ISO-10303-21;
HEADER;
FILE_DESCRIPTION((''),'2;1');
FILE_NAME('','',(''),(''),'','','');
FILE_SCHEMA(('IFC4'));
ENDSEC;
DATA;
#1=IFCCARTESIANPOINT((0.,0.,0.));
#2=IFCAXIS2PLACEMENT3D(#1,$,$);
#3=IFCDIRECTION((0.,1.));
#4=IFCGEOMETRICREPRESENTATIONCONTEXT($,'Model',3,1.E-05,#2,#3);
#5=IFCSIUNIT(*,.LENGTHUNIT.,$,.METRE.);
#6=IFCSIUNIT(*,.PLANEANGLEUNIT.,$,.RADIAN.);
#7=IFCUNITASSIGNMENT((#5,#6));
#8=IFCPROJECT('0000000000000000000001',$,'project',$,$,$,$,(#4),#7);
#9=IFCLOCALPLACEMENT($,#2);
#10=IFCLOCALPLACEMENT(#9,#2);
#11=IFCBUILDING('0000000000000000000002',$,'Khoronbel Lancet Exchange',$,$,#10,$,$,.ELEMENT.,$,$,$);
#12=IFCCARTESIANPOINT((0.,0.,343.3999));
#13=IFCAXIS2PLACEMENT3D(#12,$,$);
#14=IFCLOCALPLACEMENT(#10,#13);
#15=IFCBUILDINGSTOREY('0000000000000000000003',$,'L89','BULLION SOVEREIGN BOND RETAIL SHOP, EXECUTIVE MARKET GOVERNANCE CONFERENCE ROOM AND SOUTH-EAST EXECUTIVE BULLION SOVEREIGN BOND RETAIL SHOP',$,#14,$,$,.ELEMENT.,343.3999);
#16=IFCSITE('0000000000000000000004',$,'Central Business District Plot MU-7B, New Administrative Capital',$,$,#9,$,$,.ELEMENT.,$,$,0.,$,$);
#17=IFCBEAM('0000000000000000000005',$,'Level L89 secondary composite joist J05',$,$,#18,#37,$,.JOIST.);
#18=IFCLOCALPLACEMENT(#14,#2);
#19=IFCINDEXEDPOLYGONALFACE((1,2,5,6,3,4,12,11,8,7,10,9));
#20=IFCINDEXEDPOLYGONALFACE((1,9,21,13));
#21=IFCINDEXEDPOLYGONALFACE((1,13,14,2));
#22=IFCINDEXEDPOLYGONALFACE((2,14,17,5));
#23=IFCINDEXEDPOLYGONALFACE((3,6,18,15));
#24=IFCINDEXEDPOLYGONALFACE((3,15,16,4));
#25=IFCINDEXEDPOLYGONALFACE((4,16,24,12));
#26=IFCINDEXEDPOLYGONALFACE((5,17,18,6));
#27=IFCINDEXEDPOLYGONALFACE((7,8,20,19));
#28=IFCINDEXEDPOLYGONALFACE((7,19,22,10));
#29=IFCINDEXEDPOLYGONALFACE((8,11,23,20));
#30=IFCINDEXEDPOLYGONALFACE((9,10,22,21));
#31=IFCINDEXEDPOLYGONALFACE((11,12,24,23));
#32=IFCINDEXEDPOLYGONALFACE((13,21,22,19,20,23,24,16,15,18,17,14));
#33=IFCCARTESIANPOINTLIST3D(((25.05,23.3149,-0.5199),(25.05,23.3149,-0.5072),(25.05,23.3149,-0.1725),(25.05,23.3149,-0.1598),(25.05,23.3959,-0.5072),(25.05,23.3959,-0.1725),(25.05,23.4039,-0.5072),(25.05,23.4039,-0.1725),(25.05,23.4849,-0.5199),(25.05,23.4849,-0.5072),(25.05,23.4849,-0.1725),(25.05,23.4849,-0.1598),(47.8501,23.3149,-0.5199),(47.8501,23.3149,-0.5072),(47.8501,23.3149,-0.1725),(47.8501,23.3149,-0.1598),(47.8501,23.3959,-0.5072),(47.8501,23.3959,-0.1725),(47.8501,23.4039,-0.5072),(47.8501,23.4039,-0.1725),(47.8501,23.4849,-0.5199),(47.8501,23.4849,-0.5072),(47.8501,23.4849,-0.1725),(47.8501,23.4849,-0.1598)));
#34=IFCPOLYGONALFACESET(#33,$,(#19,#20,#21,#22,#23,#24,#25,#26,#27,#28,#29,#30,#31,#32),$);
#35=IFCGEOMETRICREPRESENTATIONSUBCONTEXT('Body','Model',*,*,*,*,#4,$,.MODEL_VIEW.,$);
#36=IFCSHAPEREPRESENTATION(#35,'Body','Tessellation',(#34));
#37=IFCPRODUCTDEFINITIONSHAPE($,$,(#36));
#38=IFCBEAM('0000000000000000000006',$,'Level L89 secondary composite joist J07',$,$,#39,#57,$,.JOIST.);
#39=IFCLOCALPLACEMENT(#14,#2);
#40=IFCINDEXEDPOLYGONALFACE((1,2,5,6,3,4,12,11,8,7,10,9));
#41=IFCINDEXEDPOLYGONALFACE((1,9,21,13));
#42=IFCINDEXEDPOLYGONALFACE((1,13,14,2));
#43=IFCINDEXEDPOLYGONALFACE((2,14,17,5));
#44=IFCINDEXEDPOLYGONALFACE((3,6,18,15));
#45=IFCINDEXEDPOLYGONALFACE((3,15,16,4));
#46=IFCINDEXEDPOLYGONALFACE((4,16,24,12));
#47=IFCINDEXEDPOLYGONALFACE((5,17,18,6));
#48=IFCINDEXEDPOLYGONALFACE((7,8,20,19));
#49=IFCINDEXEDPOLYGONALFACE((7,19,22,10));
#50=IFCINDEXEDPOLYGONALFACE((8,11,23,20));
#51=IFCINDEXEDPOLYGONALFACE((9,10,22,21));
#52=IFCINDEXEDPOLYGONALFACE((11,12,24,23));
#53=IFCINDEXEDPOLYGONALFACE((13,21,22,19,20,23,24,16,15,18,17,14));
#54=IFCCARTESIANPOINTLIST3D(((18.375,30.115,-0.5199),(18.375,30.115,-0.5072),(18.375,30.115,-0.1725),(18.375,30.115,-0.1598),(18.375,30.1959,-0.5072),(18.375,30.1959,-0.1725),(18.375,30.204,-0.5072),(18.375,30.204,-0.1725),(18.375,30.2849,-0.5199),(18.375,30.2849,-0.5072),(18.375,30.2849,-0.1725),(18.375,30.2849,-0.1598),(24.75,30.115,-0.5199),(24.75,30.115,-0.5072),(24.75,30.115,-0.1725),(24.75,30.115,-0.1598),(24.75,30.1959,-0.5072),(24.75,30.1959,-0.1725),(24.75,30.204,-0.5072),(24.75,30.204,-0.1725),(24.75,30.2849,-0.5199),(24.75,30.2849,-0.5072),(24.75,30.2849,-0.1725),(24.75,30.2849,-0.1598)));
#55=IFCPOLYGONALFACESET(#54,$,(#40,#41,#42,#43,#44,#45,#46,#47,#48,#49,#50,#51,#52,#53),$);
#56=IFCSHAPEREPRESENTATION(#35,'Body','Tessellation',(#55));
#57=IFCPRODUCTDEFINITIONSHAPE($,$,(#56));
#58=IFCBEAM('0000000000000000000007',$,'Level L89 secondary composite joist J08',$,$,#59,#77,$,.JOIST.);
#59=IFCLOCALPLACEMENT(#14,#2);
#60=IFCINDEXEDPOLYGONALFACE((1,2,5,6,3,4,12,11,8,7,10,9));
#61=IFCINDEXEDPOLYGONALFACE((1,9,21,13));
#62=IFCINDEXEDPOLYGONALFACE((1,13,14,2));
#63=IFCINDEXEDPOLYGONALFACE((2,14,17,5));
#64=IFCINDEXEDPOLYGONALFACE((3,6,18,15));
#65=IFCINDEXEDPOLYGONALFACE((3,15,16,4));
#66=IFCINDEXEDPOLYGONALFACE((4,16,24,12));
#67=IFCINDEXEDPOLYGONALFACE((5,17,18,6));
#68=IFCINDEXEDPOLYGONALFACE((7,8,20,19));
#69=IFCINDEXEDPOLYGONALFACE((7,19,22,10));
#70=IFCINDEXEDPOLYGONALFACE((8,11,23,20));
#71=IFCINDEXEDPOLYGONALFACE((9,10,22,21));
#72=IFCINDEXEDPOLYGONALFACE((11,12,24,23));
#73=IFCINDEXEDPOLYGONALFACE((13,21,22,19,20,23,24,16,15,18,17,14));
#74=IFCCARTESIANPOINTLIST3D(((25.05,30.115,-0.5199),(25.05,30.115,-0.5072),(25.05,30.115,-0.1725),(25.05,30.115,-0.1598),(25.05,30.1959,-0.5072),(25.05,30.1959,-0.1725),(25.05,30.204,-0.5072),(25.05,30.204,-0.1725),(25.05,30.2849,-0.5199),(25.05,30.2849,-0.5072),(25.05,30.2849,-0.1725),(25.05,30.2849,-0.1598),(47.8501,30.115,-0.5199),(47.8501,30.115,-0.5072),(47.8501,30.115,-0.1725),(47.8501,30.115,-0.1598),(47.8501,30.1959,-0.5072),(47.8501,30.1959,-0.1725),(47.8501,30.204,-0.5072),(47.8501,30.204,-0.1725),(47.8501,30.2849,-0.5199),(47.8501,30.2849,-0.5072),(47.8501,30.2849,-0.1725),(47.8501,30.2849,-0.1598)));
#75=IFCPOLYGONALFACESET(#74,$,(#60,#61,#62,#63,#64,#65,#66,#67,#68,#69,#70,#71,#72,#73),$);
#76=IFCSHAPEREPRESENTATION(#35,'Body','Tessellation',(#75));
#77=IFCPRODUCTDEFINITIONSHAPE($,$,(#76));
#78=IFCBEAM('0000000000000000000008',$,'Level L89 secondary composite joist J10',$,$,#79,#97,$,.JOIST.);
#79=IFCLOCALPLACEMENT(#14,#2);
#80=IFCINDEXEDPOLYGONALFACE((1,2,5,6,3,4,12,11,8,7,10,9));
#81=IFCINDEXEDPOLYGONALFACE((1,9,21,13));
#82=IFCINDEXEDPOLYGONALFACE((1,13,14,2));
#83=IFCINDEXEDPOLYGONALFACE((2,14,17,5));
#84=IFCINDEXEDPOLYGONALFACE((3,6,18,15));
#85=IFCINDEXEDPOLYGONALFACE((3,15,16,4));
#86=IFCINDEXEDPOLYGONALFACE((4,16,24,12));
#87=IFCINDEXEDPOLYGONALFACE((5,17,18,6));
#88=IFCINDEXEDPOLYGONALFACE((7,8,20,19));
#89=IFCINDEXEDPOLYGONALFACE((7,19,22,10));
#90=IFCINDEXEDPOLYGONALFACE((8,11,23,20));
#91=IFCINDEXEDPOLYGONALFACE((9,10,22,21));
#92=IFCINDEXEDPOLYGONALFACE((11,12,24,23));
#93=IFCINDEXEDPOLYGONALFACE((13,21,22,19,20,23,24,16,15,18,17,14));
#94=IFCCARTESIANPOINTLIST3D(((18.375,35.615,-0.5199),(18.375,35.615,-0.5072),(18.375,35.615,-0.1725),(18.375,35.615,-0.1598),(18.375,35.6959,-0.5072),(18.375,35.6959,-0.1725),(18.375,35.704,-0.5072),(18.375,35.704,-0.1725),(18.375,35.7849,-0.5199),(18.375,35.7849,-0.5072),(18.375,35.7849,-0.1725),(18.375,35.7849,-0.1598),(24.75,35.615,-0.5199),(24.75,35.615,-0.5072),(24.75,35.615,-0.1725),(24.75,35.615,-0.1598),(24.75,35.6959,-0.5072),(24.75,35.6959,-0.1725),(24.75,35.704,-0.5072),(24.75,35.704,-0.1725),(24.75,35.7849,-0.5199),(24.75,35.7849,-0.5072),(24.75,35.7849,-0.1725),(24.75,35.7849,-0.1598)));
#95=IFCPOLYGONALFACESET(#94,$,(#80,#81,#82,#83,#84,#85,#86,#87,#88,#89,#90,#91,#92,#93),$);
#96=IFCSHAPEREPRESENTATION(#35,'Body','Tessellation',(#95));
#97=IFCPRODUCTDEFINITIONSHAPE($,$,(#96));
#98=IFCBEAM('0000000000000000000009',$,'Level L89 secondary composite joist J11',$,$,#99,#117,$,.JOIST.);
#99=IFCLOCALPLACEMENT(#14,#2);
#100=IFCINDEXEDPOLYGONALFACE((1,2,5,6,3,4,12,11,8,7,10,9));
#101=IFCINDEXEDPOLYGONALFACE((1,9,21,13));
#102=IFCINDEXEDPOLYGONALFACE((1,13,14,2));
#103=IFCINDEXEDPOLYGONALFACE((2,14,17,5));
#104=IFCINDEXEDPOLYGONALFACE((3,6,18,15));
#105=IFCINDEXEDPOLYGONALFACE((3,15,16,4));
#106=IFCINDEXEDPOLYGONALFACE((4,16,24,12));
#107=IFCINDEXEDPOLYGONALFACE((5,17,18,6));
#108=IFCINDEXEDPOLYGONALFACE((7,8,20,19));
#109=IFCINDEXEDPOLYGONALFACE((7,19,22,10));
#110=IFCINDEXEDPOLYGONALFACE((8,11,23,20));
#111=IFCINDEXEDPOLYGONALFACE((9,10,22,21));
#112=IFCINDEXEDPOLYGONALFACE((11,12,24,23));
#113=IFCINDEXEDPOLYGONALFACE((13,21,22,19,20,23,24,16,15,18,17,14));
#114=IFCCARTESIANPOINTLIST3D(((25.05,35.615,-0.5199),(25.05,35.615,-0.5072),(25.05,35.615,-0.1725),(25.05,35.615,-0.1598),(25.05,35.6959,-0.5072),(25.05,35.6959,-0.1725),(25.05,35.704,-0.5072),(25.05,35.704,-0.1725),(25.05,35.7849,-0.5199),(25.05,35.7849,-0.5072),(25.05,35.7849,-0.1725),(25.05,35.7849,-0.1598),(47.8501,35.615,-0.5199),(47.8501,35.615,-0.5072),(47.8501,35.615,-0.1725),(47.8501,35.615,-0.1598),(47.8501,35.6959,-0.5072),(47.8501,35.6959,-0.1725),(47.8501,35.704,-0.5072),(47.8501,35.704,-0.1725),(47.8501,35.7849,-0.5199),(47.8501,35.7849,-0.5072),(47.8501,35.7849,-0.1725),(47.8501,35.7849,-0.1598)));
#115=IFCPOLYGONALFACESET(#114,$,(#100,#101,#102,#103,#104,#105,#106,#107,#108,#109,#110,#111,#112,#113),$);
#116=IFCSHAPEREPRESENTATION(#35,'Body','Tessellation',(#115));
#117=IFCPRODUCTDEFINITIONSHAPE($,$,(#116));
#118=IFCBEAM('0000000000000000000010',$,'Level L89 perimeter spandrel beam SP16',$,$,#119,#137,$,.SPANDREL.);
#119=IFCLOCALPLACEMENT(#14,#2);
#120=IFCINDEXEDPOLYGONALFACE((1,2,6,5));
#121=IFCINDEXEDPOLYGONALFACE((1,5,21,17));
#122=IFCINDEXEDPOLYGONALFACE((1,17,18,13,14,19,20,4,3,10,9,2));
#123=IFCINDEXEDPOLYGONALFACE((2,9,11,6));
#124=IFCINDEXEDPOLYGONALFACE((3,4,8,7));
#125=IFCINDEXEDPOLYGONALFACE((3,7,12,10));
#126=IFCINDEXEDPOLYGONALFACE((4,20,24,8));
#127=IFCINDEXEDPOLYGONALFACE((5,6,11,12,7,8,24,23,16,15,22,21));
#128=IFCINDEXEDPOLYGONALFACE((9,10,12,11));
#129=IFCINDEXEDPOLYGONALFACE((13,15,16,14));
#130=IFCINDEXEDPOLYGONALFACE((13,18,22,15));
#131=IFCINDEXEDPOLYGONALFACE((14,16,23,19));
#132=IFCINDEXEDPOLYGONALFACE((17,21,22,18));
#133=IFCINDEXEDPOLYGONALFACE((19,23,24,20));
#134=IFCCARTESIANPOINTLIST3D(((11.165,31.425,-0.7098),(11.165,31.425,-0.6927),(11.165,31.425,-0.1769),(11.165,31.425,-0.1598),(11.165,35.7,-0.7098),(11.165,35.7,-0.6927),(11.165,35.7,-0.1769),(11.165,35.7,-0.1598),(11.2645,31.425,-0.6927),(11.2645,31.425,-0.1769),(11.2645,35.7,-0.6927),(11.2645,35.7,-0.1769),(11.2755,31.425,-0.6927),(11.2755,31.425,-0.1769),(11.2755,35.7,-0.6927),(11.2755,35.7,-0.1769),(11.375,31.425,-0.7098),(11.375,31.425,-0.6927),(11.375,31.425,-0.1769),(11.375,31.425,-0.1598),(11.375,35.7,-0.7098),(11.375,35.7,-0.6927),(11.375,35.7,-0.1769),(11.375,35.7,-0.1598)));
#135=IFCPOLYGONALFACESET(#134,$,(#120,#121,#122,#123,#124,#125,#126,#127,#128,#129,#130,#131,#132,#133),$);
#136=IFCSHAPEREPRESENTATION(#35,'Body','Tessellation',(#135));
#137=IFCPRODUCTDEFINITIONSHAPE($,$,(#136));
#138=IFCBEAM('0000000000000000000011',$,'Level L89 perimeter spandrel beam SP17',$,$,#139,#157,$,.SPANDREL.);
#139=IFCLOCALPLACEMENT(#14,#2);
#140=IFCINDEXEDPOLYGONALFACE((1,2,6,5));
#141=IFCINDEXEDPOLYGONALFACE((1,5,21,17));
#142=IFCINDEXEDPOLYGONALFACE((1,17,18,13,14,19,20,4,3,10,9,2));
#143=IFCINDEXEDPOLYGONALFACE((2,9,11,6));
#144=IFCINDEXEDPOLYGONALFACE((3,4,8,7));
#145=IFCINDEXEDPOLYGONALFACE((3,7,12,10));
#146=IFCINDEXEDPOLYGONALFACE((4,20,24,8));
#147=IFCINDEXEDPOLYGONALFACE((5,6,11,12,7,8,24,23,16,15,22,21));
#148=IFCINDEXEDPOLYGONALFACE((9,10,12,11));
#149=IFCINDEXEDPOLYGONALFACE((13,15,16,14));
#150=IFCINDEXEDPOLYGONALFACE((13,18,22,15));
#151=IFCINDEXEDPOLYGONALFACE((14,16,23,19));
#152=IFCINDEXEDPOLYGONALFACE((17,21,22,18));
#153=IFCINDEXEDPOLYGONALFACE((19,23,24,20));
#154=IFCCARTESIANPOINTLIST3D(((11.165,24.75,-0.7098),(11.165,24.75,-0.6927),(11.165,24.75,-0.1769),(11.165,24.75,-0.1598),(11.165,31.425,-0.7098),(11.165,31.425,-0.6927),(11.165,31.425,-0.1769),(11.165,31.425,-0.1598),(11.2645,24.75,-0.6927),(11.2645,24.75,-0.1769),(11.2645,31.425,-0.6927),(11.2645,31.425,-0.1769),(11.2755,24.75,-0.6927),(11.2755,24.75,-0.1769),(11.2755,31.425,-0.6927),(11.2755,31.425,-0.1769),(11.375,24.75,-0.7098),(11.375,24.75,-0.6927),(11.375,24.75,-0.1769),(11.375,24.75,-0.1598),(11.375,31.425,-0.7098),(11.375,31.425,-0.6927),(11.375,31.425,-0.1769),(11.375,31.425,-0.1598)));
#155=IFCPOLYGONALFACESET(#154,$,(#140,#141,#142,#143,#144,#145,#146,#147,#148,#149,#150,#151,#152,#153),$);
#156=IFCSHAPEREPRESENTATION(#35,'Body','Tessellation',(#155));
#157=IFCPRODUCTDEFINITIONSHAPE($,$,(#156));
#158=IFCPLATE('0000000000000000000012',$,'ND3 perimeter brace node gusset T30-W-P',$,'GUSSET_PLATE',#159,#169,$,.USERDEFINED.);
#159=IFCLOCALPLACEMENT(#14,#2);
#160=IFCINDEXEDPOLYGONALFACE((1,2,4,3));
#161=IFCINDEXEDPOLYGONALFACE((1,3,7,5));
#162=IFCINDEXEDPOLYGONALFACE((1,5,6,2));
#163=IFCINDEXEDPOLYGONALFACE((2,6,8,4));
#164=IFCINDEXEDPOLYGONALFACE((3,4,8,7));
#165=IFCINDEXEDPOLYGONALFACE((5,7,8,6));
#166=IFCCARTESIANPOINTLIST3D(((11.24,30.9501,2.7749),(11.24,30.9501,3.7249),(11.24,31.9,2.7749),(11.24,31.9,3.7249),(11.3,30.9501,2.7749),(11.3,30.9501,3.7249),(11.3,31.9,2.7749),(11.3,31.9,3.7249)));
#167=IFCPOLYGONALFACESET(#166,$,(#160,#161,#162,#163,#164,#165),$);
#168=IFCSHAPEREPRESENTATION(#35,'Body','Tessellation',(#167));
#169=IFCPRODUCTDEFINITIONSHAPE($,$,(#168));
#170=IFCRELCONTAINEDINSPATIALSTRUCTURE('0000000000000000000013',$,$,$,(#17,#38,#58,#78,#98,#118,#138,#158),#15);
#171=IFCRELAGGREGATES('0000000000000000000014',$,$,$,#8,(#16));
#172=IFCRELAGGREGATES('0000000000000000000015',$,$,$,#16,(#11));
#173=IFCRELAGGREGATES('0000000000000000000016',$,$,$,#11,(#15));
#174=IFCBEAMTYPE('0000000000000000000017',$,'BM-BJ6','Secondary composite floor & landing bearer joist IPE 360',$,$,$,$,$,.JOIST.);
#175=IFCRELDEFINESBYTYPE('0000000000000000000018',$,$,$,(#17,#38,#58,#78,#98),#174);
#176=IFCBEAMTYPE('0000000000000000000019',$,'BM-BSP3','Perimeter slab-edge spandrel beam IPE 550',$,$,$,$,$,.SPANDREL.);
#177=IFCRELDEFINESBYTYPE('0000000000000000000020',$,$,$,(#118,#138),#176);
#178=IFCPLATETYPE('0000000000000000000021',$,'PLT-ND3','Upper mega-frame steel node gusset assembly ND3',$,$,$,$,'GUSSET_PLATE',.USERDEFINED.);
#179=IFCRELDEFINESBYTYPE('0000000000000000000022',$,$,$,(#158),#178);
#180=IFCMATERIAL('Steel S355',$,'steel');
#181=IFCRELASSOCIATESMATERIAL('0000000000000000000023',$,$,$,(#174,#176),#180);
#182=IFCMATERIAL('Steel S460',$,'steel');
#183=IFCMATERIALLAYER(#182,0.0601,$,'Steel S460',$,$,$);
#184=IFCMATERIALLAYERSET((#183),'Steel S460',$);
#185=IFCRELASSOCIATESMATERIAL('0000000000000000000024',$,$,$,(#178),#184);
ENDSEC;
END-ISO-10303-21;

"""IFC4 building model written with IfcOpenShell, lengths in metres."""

from ifc_helpers import new_model, si_unit, direction, frame, origin, origin_2d, place, context, subcontext, project, spatial, rectangle, i_section, extrude, material, layer, layer_set, material_profile, profile_set, type_object, element, save


model = new_model("IFC4")

# Units and contexts
model_context = context("Model", 3, precision=1e-05, world=origin(), true_north=direction((0.0, 1.0)))
body_context = subcontext(model_context, "Body", "Model", "MODEL_VIEW")
ifc_project = project(units=[si_unit("LENGTHUNIT", "METRE"), si_unit("PLANEANGLEUNIT", "RADIAN")], contexts=[model_context])

# Site, building, storey
site_placement = place(None, origin())
site = spatial("IfcSite", under=ifc_project, at=site_placement, Name="Central Business District Plot MU-7B, New Administrative Capital", CompositionType="ELEMENT", RefElevation=0.0)
building_placement = place(site_placement, origin())
building = spatial("IfcBuilding", under=site, at=building_placement, Name="Khoronbel Lancet Exchange", CompositionType="ELEMENT")
storey_placement = place(building_placement, frame((0.0, 0.0, 343.3999)))
storey = spatial("IfcBuildingStorey", under=building, at=storey_placement, Name="L89", Description="BULLION SOVEREIGN BOND RETAIL SHOP, EXECUTIVE MARKET GOVERNANCE CONFERENCE ROOM AND SOUTH-EAST EXECUTIVE BULLION SOVEREIGN BOND RETAIL SHOP", CompositionType="ELEMENT", Elevation=343.3999)

# Shared definitions
ifc_material_1 = material(Name="Steel S355", Category="steel")

# Beams
ifc_material_profile_1 = material_profile(ifc_material_1, i_section(OverallWidth=0.1699, OverallDepth=0.3601, WebThickness=0.0081, FlangeThickness=0.0127, at=origin_2d()), Name="IPE 360")
ifc_profile_set_1 = profile_set([ifc_material_profile_1], Name="Steel S355")
beam_type_1 = type_object("IfcBeamType", Name="BM-BJ6", Description="Secondary composite floor & landing bearer joist IPE 360", PredefinedType="JOIST", material=ifc_profile_set_1)
beam_1_placement = place(storey_placement, frame((25.05, 23.3999, -0.3398), z_axis=(1.0, 0.0, 0.0), x_axis=(0.0, 1.0, 0.0)))
element("IfcBeam", 1, at=beam_1_placement, inside=storey, type_object=beam_type_1, Name="Level L89 secondary composite joist J05", PredefinedType="JOIST", context=body_context, shape_type="SweptSolid", body=[
    extrude(i_section(OverallWidth=0.1699, OverallDepth=0.3601, WebThickness=0.0081, FlangeThickness=0.0127, at=origin_2d()), origin(), (0.0, 0.0, 1.0), 22.8),
])
beam_2_placement = place(storey_placement, frame((18.375, 30.2, -0.3398), z_axis=(1.0, 0.0, 0.0), x_axis=(0.0, 1.0, 0.0)))
element("IfcBeam", 2, at=beam_2_placement, inside=storey, type_object=beam_type_1, Name="Level L89 secondary composite joist J07", PredefinedType="JOIST", context=body_context, shape_type="SweptSolid", body=[
    extrude(i_section(OverallWidth=0.1699, OverallDepth=0.3601, WebThickness=0.0081, FlangeThickness=0.0127, at=origin_2d()), origin(), (0.0, 0.0, 1.0), 6.375),
])
beam_3_placement = place(storey_placement, frame((25.05, 30.2, -0.3398), z_axis=(1.0, 0.0, 0.0), x_axis=(0.0, 1.0, 0.0)))
element("IfcBeam", 3, at=beam_3_placement, inside=storey, type_object=beam_type_1, Name="Level L89 secondary composite joist J08", PredefinedType="JOIST", context=body_context, shape_type="SweptSolid", body=[
    extrude(i_section(OverallWidth=0.1699, OverallDepth=0.3601, WebThickness=0.0081, FlangeThickness=0.0127, at=origin_2d()), origin(), (0.0, 0.0, 1.0), 22.8),
])
beam_4_placement = place(storey_placement, frame((18.375, 35.7, -0.3398), z_axis=(1.0, 0.0, 0.0), x_axis=(0.0, 1.0, 0.0)))
element("IfcBeam", 4, at=beam_4_placement, inside=storey, type_object=beam_type_1, Name="Level L89 secondary composite joist J10", PredefinedType="JOIST", context=body_context, shape_type="SweptSolid", body=[
    extrude(i_section(OverallWidth=0.1699, OverallDepth=0.3601, WebThickness=0.0081, FlangeThickness=0.0127, at=origin_2d()), origin(), (0.0, 0.0, 1.0), 6.375),
])
beam_5_placement = place(storey_placement, frame((25.05, 35.7, -0.3398), z_axis=(1.0, 0.0, 0.0), x_axis=(0.0, 1.0, 0.0)))
element("IfcBeam", 5, at=beam_5_placement, inside=storey, type_object=beam_type_1, Name="Level L89 secondary composite joist J11", PredefinedType="JOIST", context=body_context, shape_type="SweptSolid", body=[
    extrude(i_section(OverallWidth=0.1699, OverallDepth=0.3601, WebThickness=0.0081, FlangeThickness=0.0127, at=origin_2d()), origin(), (0.0, 0.0, 1.0), 22.8),
])
ifc_material_profile_2 = material_profile(ifc_material_1, i_section(OverallWidth=0.21, OverallDepth=0.55, WebThickness=0.011, FlangeThickness=0.0171, at=origin_2d()), Name="IPE 550")
ifc_profile_set_2 = profile_set([ifc_material_profile_2], Name="Steel S355")
beam_type_2 = type_object("IfcBeamType", Name="BM-BSP3", Description="Perimeter slab-edge spandrel beam IPE 550", PredefinedType="SPANDREL", material=ifc_profile_set_2)
beam_6_placement = place(storey_placement, frame((11.27, 35.7, -0.4348), z_axis=(0.0, -1.0, 0.0), x_axis=(1.0, 0.0, 0.0)))
element("IfcBeam", 6, at=beam_6_placement, inside=storey, type_object=beam_type_2, Name="Level L89 perimeter spandrel beam SP16", PredefinedType="SPANDREL", context=body_context, shape_type="SweptSolid", body=[
    extrude(i_section(OverallWidth=0.21, OverallDepth=0.55, WebThickness=0.011, FlangeThickness=0.0171, at=origin_2d()), origin(), (0.0, 0.0, 1.0), 4.2749),
])
beam_7_placement = place(storey_placement, frame((11.27, 31.425, -0.4348), z_axis=(0.0, -1.0, 0.0), x_axis=(1.0, 0.0, 0.0)))
element("IfcBeam", 7, at=beam_7_placement, inside=storey, type_object=beam_type_2, Name="Level L89 perimeter spandrel beam SP17", PredefinedType="SPANDREL", context=body_context, shape_type="SweptSolid", body=[
    extrude(i_section(OverallWidth=0.21, OverallDepth=0.55, WebThickness=0.011, FlangeThickness=0.0171, at=origin_2d()), origin(), (0.0, 0.0, 1.0), 6.675),
])

# Plate
ifc_material_2 = material(Name="Steel S460", Category="steel")
ifc_layer_1 = layer(ifc_material_2, 0.0601, Name="Steel S460")
ifc_layer_set_1 = layer_set([ifc_layer_1], Name="Steel S460")
plate_type = type_object("IfcPlateType", Name="PLT-ND3", Description="Upper mega-frame steel node gusset assembly ND3", ElementType="GUSSET_PLATE", PredefinedType="USERDEFINED", material=ifc_layer_set_1)
plate_placement = place(storey_placement, frame((11.27, 31.425, 2.7749), z_axis=(0.0, 0.0, 1.0), x_axis=(0.0, 1.0, 0.0)))
element("IfcPlate", 8, at=plate_placement, inside=storey, type_object=plate_type, Name="ND3 perimeter brace node gusset T30-W-P", ObjectType="GUSSET_PLATE", PredefinedType="USERDEFINED", context=body_context, shape_type="SweptSolid", body=[
    extrude(rectangle(XDim=0.95, YDim=0.0601, at=origin_2d()), origin(), (0.0, 0.0, 1.0), 0.95),
])

save(model, "model.ifc")
